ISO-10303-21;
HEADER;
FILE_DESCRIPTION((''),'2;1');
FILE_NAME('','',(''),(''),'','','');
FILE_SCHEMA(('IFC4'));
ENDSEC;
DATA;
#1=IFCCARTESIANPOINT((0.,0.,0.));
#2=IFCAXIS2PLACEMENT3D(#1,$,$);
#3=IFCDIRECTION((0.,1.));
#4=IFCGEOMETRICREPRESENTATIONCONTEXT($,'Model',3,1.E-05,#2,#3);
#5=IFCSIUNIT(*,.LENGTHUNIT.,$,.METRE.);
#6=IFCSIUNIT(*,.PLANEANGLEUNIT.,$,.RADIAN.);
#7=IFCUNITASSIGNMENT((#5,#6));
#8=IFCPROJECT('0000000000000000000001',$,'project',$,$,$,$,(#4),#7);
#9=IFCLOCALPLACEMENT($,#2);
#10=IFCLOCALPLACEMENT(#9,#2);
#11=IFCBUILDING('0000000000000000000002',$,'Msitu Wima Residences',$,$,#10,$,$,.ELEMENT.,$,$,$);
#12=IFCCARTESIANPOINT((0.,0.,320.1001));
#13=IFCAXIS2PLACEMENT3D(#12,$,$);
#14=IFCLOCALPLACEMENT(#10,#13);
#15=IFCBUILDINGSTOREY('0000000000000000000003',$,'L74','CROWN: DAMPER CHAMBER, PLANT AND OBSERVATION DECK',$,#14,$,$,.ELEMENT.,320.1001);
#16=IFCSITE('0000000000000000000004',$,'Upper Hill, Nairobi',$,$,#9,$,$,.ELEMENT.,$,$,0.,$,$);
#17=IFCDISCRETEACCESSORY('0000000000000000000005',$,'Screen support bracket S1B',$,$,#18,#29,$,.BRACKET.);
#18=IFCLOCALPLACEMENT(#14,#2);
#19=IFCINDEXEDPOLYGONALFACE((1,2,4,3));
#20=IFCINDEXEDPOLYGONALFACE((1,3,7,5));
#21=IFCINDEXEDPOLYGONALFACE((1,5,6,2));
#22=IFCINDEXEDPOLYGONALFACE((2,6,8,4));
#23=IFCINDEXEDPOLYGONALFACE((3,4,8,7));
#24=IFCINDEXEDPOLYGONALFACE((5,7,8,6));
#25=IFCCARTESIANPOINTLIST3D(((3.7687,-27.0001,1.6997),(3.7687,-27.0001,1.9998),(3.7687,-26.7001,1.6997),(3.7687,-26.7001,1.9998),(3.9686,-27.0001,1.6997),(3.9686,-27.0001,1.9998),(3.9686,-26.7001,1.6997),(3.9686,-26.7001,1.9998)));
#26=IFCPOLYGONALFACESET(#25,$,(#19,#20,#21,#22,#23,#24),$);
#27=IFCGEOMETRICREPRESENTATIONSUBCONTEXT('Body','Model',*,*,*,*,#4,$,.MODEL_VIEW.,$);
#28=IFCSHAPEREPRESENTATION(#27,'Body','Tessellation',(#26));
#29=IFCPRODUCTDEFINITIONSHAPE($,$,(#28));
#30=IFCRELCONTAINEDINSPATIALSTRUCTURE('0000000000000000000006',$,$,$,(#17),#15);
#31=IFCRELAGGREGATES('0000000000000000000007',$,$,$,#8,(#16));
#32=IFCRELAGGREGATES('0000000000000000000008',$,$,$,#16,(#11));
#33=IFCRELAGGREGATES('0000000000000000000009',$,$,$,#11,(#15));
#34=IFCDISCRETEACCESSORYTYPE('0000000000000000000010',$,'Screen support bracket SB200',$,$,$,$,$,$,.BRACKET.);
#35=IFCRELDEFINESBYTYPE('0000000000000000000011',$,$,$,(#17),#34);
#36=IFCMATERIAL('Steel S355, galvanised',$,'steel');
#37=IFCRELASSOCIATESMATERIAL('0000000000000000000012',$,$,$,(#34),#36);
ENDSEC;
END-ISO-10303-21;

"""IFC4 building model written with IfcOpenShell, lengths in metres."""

from ifc_helpers import new_model, si_unit, direction, frame, origin, origin_2d, place, context, subcontext, project, spatial, rectangle, extrude, material, type_object, element, save


model = new_model("IFC4")

# Units and contexts
model_context = context("Model", 3, precision=1e-05, world=origin(), true_north=direction((0.0, 1.0)))
body_context = subcontext(model_context, "Body", "Model", "MODEL_VIEW")
ifc_project = project(units=[si_unit("LENGTHUNIT", "METRE"), si_unit("PLANEANGLEUNIT", "RADIAN")], contexts=[model_context])

# Site, building, storey
site_placement = place(None, origin())
site = spatial("IfcSite", under=ifc_project, at=site_placement, Name="Upper Hill, Nairobi", CompositionType="ELEMENT", RefElevation=0.0)
building_placement = place(site_placement, origin())
building = spatial("IfcBuilding", under=site, at=building_placement, Name="Msitu Wima Residences", CompositionType="ELEMENT")
storey_placement = place(building_placement, frame((0.0, 0.0, 320.1001)))
storey = spatial("IfcBuildingStorey", under=building, at=storey_placement, Name="L74", Description="CROWN: DAMPER CHAMBER, PLANT AND OBSERVATION DECK", CompositionType="ELEMENT", Elevation=320.1001)

# Discrete accessory
ifc_material_1 = material(Name="Steel S355, galvanised", Category="steel")
discrete_accessory_type = type_object("IfcDiscreteAccessoryType", Name="Screen support bracket SB200", PredefinedType="BRACKET", material=ifc_material_1)
discrete_accessory_placement = place(storey_placement, frame((3.8687, -26.8501, 1.6997), z_axis=(0.0, 0.0, 1.0), x_axis=(1.0, 0.0, 0.0)))
element("IfcDiscreteAccessory", 1, at=discrete_accessory_placement, inside=storey, type_object=discrete_accessory_type, Name="Screen support bracket S1B", PredefinedType="BRACKET", context=body_context, shape_type="SweptSolid", body=[
    extrude(rectangle(XDim=0.2, YDim=0.3, at=origin_2d()), origin(), (0.0, 0.0, 1.0), 0.3),
])

save(model, "model.ifc")
